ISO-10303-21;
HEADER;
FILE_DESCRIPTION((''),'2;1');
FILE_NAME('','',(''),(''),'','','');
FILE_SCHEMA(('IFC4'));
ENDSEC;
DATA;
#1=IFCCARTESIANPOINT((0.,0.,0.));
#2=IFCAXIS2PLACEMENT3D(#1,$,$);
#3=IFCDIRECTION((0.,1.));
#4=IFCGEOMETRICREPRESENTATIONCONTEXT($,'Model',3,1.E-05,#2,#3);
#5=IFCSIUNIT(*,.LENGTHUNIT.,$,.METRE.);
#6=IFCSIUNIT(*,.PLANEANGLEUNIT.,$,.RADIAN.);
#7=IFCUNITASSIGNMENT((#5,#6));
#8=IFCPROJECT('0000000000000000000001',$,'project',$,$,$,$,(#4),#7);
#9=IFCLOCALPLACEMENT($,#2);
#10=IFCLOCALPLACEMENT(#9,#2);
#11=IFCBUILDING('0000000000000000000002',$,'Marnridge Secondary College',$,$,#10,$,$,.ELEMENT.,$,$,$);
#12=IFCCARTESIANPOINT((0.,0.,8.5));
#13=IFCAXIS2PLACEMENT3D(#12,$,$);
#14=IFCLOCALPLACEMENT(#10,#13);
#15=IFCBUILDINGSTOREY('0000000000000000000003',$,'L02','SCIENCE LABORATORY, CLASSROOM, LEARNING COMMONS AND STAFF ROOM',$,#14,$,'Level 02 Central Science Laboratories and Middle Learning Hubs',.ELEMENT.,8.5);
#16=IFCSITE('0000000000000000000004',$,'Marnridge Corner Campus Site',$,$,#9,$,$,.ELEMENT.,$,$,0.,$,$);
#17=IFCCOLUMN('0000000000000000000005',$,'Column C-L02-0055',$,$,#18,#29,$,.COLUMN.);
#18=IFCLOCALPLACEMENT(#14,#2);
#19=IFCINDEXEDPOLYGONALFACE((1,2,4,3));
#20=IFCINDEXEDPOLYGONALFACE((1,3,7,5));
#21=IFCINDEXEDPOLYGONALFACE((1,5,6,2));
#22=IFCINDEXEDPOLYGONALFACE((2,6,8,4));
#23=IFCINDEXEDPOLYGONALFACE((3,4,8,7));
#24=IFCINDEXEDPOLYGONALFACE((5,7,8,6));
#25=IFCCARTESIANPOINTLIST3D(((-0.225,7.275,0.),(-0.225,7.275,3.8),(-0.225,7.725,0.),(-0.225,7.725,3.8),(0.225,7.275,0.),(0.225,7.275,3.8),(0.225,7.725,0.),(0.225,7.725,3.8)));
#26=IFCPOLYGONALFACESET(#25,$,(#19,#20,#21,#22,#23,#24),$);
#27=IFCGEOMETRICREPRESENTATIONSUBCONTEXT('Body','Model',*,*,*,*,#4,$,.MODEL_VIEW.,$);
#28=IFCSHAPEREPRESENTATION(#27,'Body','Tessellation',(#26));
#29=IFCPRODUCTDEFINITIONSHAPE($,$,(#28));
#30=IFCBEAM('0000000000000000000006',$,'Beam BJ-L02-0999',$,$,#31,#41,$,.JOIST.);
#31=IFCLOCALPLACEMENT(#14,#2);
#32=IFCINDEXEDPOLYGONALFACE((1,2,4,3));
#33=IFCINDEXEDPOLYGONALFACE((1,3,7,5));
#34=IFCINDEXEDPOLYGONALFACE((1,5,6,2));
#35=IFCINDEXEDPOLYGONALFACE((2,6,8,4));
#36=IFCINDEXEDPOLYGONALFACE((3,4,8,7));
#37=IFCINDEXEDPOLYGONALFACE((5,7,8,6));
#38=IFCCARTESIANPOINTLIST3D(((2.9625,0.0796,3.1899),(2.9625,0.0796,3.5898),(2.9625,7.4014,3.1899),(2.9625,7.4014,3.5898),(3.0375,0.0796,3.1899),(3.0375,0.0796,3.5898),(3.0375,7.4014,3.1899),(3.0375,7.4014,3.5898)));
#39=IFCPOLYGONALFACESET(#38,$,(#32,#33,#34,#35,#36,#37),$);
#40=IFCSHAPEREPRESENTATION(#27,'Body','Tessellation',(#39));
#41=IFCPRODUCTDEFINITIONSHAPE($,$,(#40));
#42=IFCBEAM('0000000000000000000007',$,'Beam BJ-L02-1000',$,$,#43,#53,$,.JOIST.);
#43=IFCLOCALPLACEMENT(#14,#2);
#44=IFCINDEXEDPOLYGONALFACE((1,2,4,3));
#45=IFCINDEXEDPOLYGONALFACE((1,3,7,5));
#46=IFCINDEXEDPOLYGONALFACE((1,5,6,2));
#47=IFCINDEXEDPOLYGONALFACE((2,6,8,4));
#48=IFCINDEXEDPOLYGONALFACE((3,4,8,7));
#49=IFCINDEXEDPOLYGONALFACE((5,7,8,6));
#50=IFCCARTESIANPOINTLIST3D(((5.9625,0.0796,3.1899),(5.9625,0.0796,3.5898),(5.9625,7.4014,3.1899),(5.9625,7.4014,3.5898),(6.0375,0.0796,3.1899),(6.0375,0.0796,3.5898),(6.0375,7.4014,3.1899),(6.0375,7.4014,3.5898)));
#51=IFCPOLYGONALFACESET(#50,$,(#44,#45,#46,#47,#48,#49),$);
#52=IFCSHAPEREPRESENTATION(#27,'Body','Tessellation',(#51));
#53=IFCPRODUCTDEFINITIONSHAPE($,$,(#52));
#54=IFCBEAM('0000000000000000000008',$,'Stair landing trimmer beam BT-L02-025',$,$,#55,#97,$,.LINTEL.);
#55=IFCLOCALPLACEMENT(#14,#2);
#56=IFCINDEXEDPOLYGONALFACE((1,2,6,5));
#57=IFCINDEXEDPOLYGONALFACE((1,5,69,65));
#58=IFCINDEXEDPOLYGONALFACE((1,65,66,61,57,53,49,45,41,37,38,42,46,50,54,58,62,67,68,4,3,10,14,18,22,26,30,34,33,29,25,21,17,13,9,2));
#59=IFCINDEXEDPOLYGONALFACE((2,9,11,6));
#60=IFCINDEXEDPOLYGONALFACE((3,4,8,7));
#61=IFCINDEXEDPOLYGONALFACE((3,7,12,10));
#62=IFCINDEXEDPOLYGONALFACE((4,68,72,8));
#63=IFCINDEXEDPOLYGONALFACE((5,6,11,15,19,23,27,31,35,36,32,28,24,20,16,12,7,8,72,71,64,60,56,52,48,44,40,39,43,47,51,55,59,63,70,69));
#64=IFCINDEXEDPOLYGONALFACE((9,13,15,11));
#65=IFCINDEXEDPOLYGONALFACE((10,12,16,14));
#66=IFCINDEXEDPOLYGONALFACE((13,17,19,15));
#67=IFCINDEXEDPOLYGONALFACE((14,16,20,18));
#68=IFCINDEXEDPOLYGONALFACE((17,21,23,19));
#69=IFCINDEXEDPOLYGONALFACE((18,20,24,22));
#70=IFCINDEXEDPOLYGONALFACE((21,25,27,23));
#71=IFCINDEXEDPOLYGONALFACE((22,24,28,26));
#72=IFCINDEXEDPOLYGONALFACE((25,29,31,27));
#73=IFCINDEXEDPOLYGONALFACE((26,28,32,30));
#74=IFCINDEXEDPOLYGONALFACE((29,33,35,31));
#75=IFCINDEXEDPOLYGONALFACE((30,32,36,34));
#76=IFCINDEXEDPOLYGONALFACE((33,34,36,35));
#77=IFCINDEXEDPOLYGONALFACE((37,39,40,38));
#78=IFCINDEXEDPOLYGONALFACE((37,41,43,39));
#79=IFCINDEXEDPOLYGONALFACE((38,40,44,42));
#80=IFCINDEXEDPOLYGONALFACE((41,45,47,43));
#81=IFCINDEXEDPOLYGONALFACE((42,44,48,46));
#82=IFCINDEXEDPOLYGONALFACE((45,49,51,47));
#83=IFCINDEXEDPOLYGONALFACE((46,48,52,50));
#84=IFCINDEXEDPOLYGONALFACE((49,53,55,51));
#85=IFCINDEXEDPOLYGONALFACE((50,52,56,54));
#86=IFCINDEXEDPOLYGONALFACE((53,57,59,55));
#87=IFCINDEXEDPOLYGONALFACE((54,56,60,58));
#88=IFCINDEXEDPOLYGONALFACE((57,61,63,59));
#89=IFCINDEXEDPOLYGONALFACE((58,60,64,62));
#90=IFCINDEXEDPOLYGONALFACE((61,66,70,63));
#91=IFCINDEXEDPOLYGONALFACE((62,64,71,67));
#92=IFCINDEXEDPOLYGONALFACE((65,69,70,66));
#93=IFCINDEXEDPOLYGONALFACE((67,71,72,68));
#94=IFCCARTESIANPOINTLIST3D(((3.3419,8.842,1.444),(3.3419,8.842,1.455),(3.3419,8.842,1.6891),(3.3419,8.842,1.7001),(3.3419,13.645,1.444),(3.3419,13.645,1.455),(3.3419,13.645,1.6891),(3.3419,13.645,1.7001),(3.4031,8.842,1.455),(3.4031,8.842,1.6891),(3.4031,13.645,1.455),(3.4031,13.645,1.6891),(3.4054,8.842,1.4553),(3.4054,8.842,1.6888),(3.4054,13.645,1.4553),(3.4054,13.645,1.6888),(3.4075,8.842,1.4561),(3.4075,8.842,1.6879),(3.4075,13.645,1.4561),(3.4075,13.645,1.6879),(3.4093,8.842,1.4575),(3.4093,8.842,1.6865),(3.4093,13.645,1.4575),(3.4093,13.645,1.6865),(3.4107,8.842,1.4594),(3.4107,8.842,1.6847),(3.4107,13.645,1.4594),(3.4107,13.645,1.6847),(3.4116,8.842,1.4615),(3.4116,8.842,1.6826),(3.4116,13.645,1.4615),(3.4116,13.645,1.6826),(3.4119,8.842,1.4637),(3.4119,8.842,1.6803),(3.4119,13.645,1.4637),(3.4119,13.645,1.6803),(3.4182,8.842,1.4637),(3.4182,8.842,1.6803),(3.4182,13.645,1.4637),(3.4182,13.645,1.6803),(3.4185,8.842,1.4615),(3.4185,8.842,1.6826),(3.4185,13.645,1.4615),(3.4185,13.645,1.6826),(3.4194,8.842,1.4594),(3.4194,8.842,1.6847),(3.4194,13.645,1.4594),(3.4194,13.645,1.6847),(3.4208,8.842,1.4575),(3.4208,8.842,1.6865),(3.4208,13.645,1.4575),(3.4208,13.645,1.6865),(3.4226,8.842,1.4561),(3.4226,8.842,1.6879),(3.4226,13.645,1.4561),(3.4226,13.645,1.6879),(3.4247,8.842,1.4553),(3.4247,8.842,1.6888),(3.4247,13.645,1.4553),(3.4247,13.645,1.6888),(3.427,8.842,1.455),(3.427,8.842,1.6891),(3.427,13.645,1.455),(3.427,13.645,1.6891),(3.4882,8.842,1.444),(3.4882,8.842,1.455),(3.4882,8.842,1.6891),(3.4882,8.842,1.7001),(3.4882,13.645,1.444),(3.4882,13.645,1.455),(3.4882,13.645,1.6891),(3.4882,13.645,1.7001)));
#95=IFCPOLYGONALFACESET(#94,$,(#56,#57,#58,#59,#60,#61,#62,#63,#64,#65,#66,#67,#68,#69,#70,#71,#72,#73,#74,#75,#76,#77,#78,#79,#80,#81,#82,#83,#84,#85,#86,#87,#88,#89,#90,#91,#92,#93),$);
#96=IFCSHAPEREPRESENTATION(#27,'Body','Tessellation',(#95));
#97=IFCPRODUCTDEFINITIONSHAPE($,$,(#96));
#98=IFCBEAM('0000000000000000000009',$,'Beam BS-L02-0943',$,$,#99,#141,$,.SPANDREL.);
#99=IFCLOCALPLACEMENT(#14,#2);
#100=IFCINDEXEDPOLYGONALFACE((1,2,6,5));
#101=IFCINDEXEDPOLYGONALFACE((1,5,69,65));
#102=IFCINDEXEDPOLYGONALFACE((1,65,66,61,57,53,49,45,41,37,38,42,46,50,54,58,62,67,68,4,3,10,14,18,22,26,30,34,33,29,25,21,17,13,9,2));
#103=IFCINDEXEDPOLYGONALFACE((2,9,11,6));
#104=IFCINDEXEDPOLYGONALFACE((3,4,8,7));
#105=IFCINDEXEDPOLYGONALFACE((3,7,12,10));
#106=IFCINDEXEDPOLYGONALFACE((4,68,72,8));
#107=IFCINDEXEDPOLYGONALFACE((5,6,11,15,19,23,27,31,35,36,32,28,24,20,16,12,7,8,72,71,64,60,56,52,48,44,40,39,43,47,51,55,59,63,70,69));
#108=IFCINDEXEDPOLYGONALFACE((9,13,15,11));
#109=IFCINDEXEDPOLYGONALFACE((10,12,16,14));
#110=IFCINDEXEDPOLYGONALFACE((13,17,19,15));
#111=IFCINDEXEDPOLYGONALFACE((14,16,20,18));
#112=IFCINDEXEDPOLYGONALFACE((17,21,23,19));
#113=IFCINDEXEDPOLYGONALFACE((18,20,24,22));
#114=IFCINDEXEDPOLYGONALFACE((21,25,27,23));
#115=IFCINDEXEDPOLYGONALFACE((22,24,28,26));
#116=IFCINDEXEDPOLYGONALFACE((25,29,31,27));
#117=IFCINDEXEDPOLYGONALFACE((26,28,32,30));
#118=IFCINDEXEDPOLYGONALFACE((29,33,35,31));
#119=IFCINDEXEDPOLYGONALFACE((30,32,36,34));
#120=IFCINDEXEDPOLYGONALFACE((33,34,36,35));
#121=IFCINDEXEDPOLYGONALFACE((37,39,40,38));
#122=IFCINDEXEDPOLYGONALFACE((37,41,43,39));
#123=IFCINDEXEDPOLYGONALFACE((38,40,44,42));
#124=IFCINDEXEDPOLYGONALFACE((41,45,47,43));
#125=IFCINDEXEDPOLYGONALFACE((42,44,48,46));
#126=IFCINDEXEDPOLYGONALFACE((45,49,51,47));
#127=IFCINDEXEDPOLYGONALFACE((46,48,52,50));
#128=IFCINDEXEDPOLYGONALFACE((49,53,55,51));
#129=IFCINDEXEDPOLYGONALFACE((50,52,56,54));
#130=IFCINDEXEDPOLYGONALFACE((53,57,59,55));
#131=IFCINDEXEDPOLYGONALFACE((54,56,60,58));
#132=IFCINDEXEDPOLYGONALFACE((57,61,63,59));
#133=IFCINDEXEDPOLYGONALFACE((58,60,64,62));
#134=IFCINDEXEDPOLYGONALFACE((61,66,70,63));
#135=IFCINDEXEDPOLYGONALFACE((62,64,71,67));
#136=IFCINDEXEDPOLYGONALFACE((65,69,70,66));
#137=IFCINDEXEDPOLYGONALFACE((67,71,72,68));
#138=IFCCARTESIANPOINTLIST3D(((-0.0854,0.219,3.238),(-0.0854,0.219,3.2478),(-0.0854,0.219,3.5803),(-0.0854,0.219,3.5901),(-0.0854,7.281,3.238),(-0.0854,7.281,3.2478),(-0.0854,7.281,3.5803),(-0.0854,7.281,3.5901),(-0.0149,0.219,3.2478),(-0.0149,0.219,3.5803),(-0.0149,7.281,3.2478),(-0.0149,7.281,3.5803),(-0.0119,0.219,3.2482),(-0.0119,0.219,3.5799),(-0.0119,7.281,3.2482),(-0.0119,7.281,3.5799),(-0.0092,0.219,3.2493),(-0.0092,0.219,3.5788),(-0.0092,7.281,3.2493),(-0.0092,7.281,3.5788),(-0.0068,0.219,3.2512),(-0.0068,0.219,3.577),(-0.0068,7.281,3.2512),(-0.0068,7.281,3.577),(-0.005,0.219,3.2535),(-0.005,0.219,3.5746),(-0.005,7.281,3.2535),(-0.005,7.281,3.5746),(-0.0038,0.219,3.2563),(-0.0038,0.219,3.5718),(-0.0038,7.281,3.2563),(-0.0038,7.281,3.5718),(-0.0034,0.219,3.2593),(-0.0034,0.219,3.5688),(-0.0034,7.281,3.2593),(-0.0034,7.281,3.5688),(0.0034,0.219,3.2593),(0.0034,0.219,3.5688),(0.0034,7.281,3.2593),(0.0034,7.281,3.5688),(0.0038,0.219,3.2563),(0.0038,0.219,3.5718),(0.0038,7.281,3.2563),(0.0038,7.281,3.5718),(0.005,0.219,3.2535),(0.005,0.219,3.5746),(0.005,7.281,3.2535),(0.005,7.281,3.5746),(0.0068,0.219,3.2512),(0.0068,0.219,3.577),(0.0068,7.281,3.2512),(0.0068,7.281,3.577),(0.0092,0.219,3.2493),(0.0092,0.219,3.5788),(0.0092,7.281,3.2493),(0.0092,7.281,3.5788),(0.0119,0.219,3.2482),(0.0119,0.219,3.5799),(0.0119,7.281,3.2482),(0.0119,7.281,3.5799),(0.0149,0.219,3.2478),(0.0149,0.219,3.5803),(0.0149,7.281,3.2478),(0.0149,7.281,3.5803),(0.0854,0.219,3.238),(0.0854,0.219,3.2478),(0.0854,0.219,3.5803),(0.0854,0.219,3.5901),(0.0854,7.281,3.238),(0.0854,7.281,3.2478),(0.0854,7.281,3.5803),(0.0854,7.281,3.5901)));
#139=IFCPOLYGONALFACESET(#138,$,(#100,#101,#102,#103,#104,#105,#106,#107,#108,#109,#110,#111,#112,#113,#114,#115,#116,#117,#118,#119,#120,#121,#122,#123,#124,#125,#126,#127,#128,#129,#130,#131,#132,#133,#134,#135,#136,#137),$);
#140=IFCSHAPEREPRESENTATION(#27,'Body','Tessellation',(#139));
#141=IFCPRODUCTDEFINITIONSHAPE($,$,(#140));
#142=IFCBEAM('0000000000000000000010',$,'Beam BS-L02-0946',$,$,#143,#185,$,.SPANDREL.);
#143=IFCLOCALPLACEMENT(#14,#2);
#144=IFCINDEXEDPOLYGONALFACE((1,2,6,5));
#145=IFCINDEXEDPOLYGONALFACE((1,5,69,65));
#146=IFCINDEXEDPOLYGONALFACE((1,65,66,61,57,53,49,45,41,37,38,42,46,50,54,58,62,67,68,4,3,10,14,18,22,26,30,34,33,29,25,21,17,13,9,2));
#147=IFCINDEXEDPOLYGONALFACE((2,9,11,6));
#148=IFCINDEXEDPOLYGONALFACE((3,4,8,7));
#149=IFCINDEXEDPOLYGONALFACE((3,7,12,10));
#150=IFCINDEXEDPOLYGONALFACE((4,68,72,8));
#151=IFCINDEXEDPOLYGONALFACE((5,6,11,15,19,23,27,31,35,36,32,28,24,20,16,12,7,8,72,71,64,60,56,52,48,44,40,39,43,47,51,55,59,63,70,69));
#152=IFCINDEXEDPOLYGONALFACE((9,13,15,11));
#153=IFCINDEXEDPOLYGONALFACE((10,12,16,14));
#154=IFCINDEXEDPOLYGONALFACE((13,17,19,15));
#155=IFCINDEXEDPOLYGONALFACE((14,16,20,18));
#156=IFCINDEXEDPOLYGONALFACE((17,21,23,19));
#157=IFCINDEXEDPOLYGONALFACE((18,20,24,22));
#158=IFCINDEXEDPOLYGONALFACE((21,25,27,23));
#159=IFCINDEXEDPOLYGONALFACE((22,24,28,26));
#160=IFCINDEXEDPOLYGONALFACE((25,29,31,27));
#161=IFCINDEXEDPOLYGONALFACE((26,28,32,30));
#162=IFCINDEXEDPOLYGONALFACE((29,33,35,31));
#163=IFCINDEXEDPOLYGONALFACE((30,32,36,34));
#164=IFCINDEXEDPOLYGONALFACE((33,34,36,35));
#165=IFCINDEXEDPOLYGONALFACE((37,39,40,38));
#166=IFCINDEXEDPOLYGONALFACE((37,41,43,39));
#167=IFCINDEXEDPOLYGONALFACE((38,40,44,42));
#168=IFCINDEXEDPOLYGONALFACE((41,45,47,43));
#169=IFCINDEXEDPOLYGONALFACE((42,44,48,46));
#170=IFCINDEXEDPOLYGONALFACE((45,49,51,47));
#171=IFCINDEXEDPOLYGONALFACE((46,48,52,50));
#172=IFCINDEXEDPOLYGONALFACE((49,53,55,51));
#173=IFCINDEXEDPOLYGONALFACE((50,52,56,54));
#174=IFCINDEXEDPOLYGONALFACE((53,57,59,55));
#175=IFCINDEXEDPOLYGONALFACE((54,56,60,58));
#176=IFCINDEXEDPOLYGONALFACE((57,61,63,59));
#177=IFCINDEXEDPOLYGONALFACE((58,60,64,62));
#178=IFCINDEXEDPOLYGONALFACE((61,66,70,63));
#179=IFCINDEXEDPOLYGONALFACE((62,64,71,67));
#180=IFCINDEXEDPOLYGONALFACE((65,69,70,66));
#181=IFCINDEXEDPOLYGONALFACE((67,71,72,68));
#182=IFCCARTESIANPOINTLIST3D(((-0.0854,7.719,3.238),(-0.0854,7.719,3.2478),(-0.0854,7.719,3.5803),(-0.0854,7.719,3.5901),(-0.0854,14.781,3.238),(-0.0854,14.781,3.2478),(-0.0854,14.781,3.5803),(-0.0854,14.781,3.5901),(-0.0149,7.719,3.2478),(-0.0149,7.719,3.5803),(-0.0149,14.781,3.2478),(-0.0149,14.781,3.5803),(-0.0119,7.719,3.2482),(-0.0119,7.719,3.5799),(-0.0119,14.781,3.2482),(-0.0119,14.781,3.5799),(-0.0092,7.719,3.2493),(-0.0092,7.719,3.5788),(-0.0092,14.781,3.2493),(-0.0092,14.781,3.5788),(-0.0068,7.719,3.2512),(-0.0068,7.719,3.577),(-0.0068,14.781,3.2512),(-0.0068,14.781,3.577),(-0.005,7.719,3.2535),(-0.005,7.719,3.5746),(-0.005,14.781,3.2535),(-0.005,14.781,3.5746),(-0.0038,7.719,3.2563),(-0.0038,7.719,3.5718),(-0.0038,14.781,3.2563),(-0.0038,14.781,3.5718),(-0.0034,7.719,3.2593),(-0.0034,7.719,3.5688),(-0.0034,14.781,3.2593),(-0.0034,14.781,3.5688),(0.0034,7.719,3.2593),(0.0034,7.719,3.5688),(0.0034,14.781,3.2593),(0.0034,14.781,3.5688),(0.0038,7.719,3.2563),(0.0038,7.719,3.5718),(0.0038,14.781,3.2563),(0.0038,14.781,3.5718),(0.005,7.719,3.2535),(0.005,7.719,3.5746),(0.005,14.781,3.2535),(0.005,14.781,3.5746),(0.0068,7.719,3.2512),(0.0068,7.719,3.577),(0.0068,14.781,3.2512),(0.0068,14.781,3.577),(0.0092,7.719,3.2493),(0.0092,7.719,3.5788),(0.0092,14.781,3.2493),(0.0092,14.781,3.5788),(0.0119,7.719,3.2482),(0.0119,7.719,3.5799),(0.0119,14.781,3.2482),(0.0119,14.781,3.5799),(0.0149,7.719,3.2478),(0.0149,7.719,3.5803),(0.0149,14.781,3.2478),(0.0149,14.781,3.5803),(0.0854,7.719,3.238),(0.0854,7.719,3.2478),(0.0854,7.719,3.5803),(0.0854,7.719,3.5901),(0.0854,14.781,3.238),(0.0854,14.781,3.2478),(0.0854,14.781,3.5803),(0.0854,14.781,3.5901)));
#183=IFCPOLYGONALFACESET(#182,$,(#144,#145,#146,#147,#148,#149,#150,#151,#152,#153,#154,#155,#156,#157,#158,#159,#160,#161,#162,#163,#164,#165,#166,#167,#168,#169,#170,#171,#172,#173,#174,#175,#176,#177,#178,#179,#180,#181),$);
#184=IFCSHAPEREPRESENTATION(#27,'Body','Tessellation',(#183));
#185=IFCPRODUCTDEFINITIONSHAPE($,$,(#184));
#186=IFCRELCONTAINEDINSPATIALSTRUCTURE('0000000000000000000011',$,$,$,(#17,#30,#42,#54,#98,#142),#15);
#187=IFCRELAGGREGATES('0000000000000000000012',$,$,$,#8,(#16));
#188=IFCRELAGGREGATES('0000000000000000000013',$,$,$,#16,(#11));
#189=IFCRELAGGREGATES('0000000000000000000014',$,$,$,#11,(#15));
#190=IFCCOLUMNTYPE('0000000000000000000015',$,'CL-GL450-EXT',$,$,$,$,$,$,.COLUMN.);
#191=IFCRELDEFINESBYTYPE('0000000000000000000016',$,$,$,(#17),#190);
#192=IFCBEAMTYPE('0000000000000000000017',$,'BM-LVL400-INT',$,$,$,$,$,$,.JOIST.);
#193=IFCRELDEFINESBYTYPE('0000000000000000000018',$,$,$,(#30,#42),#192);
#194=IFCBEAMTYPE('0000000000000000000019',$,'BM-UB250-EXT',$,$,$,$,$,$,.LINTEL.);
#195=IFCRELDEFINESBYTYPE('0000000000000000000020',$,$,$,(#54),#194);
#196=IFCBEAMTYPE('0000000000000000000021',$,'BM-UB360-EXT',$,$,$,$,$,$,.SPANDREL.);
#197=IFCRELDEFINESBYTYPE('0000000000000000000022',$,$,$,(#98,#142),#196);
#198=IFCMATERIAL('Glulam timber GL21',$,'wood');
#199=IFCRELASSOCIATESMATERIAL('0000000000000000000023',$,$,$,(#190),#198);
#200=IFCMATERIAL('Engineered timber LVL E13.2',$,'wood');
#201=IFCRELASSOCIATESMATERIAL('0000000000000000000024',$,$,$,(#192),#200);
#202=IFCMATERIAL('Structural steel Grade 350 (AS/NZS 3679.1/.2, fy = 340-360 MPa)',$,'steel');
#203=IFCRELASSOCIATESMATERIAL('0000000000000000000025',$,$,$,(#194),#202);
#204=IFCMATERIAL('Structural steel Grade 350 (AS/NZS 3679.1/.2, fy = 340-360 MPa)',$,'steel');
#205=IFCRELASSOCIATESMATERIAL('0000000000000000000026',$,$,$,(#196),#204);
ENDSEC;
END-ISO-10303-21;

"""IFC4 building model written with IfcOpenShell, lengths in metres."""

from ifc_helpers import new_model, si_unit, direction, frame, origin, origin_2d, place, context, subcontext, project, spatial, rectangle, i_section, extrude, material, material_profile, profile_set, type_object, element, save


model = new_model("IFC4")

# Units and contexts
model_context = context("Model", 3, precision=1e-05, world=origin(), true_north=direction((0.0, 1.0)))
body_context = subcontext(model_context, "Body", "Model", "MODEL_VIEW")
ifc_project = project(units=[si_unit("LENGTHUNIT", "METRE"), si_unit("PLANEANGLEUNIT", "RADIAN")], contexts=[model_context])

# Site, building, storey
site_placement = place(None, origin())
site = spatial("IfcSite", under=ifc_project, at=site_placement, Name="Marnridge Corner Campus Site", CompositionType="ELEMENT", RefElevation=0.0)
building_placement = place(site_placement, origin())
building = spatial("IfcBuilding", under=site, at=building_placement, Name="Marnridge Secondary College", CompositionType="ELEMENT")
storey_placement = place(building_placement, frame((0.0, 0.0, 8.5)))
storey = spatial("IfcBuildingStorey", under=building, at=storey_placement, Name="L02", Description="SCIENCE LABORATORY, CLASSROOM, LEARNING COMMONS AND STAFF ROOM", LongName="Level 02 Central Science Laboratories and Middle Learning Hubs", CompositionType="ELEMENT", Elevation=8.5)

# Column
ifc_material_1 = material(Name="Glulam timber GL21", Category="wood")
ifc_material_profile_1 = material_profile(ifc_material_1, rectangle(XDim=0.45, YDim=0.45, at=origin_2d()), Name="GL21 450x450")
ifc_profile_set_1 = profile_set([ifc_material_profile_1], Name="Glulam timber GL21")
column_type = type_object("IfcColumnType", Name="CL-GL450-EXT", PredefinedType="COLUMN", material=ifc_profile_set_1)
column_placement = place(storey_placement, frame((0.0, 7.5, 0.0), z_axis=(0.0, 0.0, 1.0), x_axis=(1.0, 0.0, 0.0)))
element("IfcColumn", 1, at=column_placement, inside=storey, type_object=column_type, Name="Column C-L02-0055", PredefinedType="COLUMN", context=body_context, shape_type="SweptSolid", body=[
    extrude(rectangle(XDim=0.45, YDim=0.45, at=origin_2d()), origin(), (0.0, 0.0, 1.0), 3.8),
])

# Beams
ifc_material_2 = material(Name="Engineered timber LVL E13.2", Category="wood")
ifc_material_profile_2 = material_profile(ifc_material_2, rectangle(XDim=0.075, YDim=0.3999, at=origin_2d()), Name="LVL 75x400")
ifc_profile_set_2 = profile_set([ifc_material_profile_2], Name="Engineered timber LVL E13.2")
beam_type_1 = type_object("IfcBeamType", Name="BM-LVL400-INT", PredefinedType="JOIST", material=ifc_profile_set_2)
for number, where, z_axis, x_axis, name in (
    (2, (3.0, 0.0796, 3.3899), (0.0, 1.0, 0.0), (-1.0, 0.0, 0.0), "Beam BJ-L02-0999"),
    (3, (6.0, 0.0796, 3.3899), (0.0, 1.0, 0.0), (-1.0, 0.0, 0.0), "Beam BJ-L02-1000"),
):
    element("IfcBeam", number, at=place(storey_placement, frame(where, z_axis=z_axis, x_axis=x_axis)), inside=storey, type_object=beam_type_1, Name=name, PredefinedType="JOIST", context=body_context, shape_type="SweptSolid", body=[
        extrude(rectangle(XDim=0.075, YDim=0.3999, at=origin_2d()), origin(), (0.0, 0.0, 1.0), 7.3218),
    ])
ifc_material_3 = material(Name="Structural steel Grade 350 (AS/NZS 3679.1/.2, fy = 340-360 MPa)", Category="steel")
ifc_material_profile_3 = material_profile(ifc_material_3, i_section(OverallWidth=0.1462, OverallDepth=0.2561, WebThickness=0.0063, FlangeThickness=0.011, FilletRadius=0.0088, at=origin_2d()), Name="250UB37.3")
ifc_profile_set_3 = profile_set([ifc_material_profile_3], Name="Structural steel Grade 350 (AS/NZS 3679.1/.2, fy = 340-360 MPa)")
beam_type_2 = type_object("IfcBeamType", Name="BM-UB250-EXT", PredefinedType="LINTEL", material=ifc_profile_set_3)
beam_1_placement = place(storey_placement, frame((3.415, 8.842, 1.572), z_axis=(0.0, 1.0, 0.0), x_axis=(-1.0, 0.0, 0.0)))
element("IfcBeam", 4, at=beam_1_placement, inside=storey, type_object=beam_type_2, Name="Stair landing trimmer beam BT-L02-025", PredefinedType="LINTEL", context=body_context, shape_type="SweptSolid", body=[
    extrude(i_section(OverallWidth=0.1462, OverallDepth=0.2561, WebThickness=0.0063, FlangeThickness=0.011, FilletRadius=0.0088, at=origin_2d()), origin(), (0.0, 0.0, 1.0), 4.803),
])
ifc_material_4 = material(Name="Structural steel Grade 350 (AS/NZS 3679.1/.2, fy = 340-360 MPa)", Category="steel")
ifc_material_profile_4 = material_profile(ifc_material_4, i_section(OverallWidth=0.1709, OverallDepth=0.3521, WebThickness=0.0068, FlangeThickness=0.0098, FilletRadius=0.0115, at=origin_2d()), Name="360UB44.7")
ifc_profile_set_4 = profile_set([ifc_material_profile_4], Name="Structural steel Grade 350 (AS/NZS 3679.1/.2, fy = 340-360 MPa)")
beam_type_3 = type_object("IfcBeamType", Name="BM-UB360-EXT", PredefinedType="SPANDREL", material=ifc_profile_set_4)
for number, where, z_axis, x_axis, name in (
    (5, (0.0, 0.219, 3.4141), (0.0, 1.0, 0.0), (-1.0, 0.0, 0.0), "Beam BS-L02-0943"),
    (6, (0.0, 7.719, 3.4141), (0.0, 1.0, 0.0), (-1.0, 0.0, 0.0), "Beam BS-L02-0946"),
):
    element("IfcBeam", number, at=place(storey_placement, frame(where, z_axis=z_axis, x_axis=x_axis)), inside=storey, type_object=beam_type_3, Name=name, PredefinedType="SPANDREL", context=body_context, shape_type="SweptSolid", body=[
        extrude(i_section(OverallWidth=0.1709, OverallDepth=0.3521, WebThickness=0.0068, FlangeThickness=0.0098, FilletRadius=0.0115, at=origin_2d()), origin(), (0.0, 0.0, 1.0), 7.062),
    ])

save(model, "model.ifc")
